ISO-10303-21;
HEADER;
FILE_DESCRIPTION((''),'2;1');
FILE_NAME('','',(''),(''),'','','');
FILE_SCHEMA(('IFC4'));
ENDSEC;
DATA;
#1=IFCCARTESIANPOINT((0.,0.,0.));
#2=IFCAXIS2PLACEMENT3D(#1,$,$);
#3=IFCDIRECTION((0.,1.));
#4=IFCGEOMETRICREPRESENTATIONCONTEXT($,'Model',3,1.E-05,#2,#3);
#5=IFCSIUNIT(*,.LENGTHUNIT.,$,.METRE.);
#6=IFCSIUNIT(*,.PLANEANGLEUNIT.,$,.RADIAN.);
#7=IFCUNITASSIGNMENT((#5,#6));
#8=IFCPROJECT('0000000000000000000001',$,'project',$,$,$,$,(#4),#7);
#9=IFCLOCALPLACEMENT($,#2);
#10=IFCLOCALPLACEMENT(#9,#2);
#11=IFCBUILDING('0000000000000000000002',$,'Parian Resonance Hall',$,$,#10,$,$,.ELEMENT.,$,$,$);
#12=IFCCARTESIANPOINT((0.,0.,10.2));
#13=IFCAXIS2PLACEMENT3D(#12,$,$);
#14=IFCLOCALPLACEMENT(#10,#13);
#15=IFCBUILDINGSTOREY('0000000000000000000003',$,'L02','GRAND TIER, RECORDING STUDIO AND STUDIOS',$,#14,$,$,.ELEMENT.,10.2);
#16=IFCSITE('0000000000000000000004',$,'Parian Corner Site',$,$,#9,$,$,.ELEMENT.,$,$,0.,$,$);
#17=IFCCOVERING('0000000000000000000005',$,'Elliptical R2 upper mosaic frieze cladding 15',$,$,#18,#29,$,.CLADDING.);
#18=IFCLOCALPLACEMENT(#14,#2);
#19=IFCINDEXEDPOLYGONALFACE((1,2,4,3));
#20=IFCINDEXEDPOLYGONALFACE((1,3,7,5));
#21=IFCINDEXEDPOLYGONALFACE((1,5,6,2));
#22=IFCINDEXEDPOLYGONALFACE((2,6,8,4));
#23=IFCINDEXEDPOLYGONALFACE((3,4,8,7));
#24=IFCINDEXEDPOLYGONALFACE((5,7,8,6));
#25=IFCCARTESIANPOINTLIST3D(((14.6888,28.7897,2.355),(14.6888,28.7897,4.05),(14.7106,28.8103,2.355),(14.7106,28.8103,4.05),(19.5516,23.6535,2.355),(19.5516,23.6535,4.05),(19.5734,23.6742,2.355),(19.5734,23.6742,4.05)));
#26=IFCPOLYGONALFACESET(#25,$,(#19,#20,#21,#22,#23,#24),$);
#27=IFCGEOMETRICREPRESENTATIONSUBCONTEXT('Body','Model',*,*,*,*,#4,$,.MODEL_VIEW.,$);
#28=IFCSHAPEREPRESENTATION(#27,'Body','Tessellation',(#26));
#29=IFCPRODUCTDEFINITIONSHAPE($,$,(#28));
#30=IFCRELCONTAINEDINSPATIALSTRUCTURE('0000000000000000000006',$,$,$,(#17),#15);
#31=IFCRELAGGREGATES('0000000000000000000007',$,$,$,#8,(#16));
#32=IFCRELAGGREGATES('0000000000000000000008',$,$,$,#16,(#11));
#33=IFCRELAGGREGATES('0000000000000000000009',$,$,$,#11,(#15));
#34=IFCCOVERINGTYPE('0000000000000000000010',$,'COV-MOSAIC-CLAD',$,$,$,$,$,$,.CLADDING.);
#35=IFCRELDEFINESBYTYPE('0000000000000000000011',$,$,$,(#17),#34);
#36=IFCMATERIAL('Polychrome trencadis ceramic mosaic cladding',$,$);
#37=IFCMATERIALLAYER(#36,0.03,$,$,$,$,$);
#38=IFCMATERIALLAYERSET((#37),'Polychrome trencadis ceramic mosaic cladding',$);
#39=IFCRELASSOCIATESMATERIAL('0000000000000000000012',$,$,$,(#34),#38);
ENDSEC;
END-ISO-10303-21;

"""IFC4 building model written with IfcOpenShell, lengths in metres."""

from ifc_helpers import new_model, si_unit, direction, frame, origin, origin_2d, place, context, subcontext, project, spatial, rectangle, extrude, material, layer, layer_set, type_object, element, save


model = new_model("IFC4")

# Units and contexts
model_context = context("Model", 3, precision=1e-05, world=origin(), true_north=direction((0.0, 1.0)))
body_context = subcontext(model_context, "Body", "Model", "MODEL_VIEW")
ifc_project = project(units=[si_unit("LENGTHUNIT", "METRE"), si_unit("PLANEANGLEUNIT", "RADIAN")], contexts=[model_context])

# Site, building, storey
site_placement = place(None, origin())
site = spatial("IfcSite", under=ifc_project, at=site_placement, Name="Parian Corner Site", CompositionType="ELEMENT", RefElevation=0.0)
building_placement = place(site_placement, origin())
building = spatial("IfcBuilding", under=site, at=building_placement, Name="Parian Resonance Hall", CompositionType="ELEMENT")
storey_placement = place(building_placement, frame((0.0, 0.0, 10.2)))
storey = spatial("IfcBuildingStorey", under=building, at=storey_placement, Name="L02", Description="GRAND TIER, RECORDING STUDIO AND STUDIOS", CompositionType="ELEMENT", Elevation=10.2)

# Covering
ifc_material_1 = material(Name="Polychrome trencadis ceramic mosaic cladding")
ifc_layer_1 = layer(ifc_material_1, 0.03)
ifc_layer_set_1 = layer_set([ifc_layer_1], Name="Polychrome trencadis ceramic mosaic cladding")
covering_type = type_object("IfcCoveringType", Name="COV-MOSAIC-CLAD", PredefinedType="CLADDING", material=ifc_layer_set_1)
covering_1_placement = place(storey_placement, frame((17.1311, 26.2319, 2.355), z_axis=(0.0, 0.0, 1.0), x_axis=(-0.687524, 0.726162, 0.0)))
element("IfcCovering", 1, at=covering_1_placement, inside=storey, type_object=covering_type, Name="Elliptical R2 upper mosaic frieze cladding 15", PredefinedType="CLADDING", context=body_context, shape_type="SweptSolid", body=[
    extrude(rectangle(XDim=7.073, YDim=0.03, at=origin_2d()), origin(), (0.0, 0.0, 1.0), 1.6951),
])

save(model, "model.ifc")
